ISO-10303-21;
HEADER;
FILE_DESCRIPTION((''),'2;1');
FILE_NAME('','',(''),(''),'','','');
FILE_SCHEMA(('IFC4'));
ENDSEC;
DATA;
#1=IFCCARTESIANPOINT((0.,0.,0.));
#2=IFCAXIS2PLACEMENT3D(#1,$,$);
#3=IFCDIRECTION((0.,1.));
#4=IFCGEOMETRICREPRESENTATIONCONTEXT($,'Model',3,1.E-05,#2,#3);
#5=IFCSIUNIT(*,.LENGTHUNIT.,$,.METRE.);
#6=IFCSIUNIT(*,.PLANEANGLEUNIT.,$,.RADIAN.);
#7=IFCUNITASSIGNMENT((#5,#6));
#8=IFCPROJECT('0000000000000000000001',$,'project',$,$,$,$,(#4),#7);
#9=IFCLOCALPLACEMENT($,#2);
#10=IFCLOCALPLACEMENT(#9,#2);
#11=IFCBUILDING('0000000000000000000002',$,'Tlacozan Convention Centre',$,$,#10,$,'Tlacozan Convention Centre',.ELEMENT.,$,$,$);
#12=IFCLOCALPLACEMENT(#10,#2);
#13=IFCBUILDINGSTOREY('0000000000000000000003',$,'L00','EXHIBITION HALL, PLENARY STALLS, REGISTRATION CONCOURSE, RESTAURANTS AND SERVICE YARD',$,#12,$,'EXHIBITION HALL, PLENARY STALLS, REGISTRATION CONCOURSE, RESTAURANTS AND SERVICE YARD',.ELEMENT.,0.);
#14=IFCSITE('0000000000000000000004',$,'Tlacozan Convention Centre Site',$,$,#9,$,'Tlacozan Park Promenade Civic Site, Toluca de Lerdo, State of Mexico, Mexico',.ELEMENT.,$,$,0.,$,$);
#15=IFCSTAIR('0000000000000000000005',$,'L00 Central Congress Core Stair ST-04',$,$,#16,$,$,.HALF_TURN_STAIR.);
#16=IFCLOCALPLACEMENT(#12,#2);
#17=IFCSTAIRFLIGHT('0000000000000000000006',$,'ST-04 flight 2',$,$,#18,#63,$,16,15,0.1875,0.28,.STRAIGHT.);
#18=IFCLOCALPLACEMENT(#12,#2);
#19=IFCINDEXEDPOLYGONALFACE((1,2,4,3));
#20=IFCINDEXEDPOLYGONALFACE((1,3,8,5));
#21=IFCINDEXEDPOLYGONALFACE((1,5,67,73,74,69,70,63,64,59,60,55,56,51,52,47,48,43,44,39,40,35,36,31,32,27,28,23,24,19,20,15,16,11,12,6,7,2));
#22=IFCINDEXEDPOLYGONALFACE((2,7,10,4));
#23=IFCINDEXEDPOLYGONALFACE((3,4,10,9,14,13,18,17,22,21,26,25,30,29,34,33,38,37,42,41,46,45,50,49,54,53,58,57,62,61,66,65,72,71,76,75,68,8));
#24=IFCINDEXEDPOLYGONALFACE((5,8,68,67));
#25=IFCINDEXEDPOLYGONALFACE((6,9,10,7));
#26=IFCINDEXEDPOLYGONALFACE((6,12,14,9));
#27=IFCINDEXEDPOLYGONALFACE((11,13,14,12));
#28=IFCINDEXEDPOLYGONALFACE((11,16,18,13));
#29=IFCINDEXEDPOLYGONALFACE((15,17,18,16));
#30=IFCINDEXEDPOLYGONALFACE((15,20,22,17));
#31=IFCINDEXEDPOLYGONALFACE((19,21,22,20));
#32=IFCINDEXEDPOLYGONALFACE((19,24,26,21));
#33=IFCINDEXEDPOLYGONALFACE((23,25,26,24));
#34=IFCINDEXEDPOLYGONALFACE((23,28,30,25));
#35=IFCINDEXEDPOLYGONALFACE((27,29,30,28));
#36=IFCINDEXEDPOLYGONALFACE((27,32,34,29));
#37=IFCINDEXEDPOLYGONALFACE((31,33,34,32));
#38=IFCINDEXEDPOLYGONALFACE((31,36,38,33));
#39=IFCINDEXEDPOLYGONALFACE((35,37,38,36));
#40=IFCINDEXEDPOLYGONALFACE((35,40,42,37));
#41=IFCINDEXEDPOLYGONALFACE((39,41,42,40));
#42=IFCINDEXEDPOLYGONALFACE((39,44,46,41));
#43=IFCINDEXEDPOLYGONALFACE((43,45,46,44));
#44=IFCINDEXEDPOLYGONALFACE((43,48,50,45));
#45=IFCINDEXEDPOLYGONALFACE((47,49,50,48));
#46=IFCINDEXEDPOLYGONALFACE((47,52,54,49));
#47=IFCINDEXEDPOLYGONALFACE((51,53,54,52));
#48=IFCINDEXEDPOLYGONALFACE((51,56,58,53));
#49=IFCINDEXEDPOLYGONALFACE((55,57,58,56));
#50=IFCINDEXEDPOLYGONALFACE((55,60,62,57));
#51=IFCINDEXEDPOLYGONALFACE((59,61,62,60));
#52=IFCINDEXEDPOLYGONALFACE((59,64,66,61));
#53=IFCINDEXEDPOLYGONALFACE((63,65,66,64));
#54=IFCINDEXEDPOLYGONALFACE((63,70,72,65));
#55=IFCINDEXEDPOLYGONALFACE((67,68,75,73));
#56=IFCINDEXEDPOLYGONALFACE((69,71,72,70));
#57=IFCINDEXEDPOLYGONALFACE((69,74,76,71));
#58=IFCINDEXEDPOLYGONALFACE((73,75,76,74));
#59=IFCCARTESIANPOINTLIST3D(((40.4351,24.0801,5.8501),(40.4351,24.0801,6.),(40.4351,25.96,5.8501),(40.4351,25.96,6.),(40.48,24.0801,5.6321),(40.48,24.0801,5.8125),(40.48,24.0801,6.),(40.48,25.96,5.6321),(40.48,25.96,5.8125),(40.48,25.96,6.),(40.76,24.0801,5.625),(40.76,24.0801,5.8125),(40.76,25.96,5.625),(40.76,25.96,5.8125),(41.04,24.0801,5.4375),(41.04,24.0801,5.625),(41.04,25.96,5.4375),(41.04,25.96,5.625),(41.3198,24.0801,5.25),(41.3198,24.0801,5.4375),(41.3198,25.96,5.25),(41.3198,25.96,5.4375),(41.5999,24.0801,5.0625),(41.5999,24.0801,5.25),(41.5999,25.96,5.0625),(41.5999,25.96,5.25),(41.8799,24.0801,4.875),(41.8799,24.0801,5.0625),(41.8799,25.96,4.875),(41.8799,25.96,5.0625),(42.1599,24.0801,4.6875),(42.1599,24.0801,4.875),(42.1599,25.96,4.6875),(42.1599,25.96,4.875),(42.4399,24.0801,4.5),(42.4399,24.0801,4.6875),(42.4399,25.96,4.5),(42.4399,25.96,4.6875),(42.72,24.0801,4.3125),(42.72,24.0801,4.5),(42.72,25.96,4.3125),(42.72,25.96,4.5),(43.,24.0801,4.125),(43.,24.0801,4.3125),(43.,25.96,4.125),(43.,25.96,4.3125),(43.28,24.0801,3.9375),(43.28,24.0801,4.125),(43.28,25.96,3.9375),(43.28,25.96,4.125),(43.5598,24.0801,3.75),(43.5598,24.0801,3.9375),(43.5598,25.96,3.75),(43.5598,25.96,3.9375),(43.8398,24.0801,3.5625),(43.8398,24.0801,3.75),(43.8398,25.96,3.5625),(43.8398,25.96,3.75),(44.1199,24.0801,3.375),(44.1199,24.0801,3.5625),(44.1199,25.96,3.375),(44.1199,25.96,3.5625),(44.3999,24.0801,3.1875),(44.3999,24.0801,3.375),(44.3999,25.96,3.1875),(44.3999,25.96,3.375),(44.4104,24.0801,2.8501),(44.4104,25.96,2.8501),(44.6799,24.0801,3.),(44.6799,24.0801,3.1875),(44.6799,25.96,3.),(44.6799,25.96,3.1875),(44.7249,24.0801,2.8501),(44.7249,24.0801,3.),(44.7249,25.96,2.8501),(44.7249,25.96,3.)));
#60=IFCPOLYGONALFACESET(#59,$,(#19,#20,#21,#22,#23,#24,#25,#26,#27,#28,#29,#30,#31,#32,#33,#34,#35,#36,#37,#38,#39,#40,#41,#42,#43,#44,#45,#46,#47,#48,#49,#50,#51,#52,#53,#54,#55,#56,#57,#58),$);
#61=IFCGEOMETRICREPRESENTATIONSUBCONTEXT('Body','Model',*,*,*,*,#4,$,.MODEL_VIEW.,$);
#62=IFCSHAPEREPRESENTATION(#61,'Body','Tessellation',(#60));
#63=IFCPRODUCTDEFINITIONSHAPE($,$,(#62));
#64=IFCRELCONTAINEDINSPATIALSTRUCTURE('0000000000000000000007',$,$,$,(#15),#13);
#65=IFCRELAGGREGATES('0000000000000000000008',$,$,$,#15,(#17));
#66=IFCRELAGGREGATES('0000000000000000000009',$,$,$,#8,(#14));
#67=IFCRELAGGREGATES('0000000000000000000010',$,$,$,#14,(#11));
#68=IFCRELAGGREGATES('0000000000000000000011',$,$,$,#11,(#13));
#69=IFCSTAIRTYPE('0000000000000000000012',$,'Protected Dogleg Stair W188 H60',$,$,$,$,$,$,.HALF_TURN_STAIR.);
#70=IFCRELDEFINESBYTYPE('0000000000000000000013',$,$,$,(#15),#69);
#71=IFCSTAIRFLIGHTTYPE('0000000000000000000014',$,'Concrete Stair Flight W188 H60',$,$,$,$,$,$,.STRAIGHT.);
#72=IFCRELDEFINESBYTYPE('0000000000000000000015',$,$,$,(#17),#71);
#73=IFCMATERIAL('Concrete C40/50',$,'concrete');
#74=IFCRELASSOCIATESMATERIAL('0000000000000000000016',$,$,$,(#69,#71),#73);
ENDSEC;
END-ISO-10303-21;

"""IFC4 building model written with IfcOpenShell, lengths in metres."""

from ifc_helpers import new_model, si_unit, direction, frame, origin, place, context, subcontext, project, spatial, polyline, outline, extrude, material, type_object, element, aggregate, save


model = new_model("IFC4")

# Units and contexts
model_context = context("Model", 3, precision=1e-05, world=origin(), true_north=direction((0.0, 1.0)))
body_context = subcontext(model_context, "Body", "Model", "MODEL_VIEW")
ifc_project = project(units=[si_unit("LENGTHUNIT", "METRE"), si_unit("PLANEANGLEUNIT", "RADIAN")], contexts=[model_context])

# Site, building, storey
site_placement = place(None, origin())
site = spatial("IfcSite", under=ifc_project, at=site_placement, Name="Tlacozan Convention Centre Site", LongName="Tlacozan Park Promenade Civic Site, Toluca de Lerdo, State of Mexico, Mexico", CompositionType="ELEMENT", RefElevation=0.0)
building_placement = place(site_placement, origin())
building = spatial("IfcBuilding", under=site, at=building_placement, Name="Tlacozan Convention Centre", LongName="Tlacozan Convention Centre", CompositionType="ELEMENT")
storey_placement = place(building_placement, origin())
storey = spatial("IfcBuildingStorey", under=building, at=storey_placement, Name="L00", Description="EXHIBITION HALL, PLENARY STALLS, REGISTRATION CONCOURSE, RESTAURANTS AND SERVICE YARD", LongName="EXHIBITION HALL, PLENARY STALLS, REGISTRATION CONCOURSE, RESTAURANTS AND SERVICE YARD", CompositionType="ELEMENT", Elevation=0.0)

# Shared definitions
ifc_material_1 = material(Name="Concrete C40/50", Category="concrete")

# Stair, stair flight
stair_type = type_object("IfcStairType", Name="Protected Dogleg Stair W188 H60", PredefinedType="HALF_TURN_STAIR", material=ifc_material_1)
stair_placement = place(storey_placement, origin())
stair = element("IfcStair", 1, at=stair_placement, inside=storey, type_object=stair_type, Name="L00 Central Congress Core Stair ST-04", PredefinedType="HALF_TURN_STAIR")
stair_flight_type = type_object("IfcStairFlightType", Name="Concrete Stair Flight W188 H60", PredefinedType="STRAIGHT", material=ifc_material_1)
stair_flight_placement = place(storey_placement, frame((44.6799, 25.02, 3.0), z_axis=(0.0, 0.0, 1.0), x_axis=(-1.0, 0.0, 0.0)))
stair_flight = element("IfcStairFlight", 2, at=stair_flight_placement, type_object=stair_flight_type, Name="ST-04 flight 2", NumberOfRisers=16, NumberOfTreads=15, PredefinedType="STRAIGHT", RiserHeight=0.1875, TreadLength=0.28, context=body_context, shape_type="SweptSolid", body=[
    extrude(outline(polyline([(-0.0449, -0.1499), (-0.0449, 0.0), (0.0, 0.0), (0.0, 0.1875), (0.28, 0.1875), (0.28, 0.375), (0.5601, 0.375), (0.5601, 0.5625), (0.8401, 0.5625), (0.8401, 0.75), (1.1201, 0.75), (1.1201, 0.9375), (1.3999, 0.9375), (1.3999, 1.125), (1.6799, 1.125), (1.6799, 1.3125), (1.96, 1.3125), (1.96, 1.5), (2.24, 1.5), (2.24, 1.6875), (2.52, 1.6875), (2.52, 1.875), (2.8, 1.875), (2.8, 2.0625), (3.0801, 2.0625), (3.0801, 2.25), (3.3601, 2.25), (3.3601, 2.4375), (3.6399, 2.4375), (3.6399, 2.625), (3.9199, 2.625), (3.9199, 2.8125), (4.2, 2.8125), (4.2, 3.0), (4.2449, 3.0), (4.2449, 2.8501), (4.2, 2.6321), (0.2695, -0.1499), (-0.0449, -0.1499)])), frame((0.0, 0.9399, 0.0), z_axis=(0.0, -1.0, 0.0), x_axis=(1.0, 0.0, 0.0)), (0.0, 0.0, 1.0), 1.8799),
])
aggregate(stair, [stair_flight])

save(model, "model.ifc")
